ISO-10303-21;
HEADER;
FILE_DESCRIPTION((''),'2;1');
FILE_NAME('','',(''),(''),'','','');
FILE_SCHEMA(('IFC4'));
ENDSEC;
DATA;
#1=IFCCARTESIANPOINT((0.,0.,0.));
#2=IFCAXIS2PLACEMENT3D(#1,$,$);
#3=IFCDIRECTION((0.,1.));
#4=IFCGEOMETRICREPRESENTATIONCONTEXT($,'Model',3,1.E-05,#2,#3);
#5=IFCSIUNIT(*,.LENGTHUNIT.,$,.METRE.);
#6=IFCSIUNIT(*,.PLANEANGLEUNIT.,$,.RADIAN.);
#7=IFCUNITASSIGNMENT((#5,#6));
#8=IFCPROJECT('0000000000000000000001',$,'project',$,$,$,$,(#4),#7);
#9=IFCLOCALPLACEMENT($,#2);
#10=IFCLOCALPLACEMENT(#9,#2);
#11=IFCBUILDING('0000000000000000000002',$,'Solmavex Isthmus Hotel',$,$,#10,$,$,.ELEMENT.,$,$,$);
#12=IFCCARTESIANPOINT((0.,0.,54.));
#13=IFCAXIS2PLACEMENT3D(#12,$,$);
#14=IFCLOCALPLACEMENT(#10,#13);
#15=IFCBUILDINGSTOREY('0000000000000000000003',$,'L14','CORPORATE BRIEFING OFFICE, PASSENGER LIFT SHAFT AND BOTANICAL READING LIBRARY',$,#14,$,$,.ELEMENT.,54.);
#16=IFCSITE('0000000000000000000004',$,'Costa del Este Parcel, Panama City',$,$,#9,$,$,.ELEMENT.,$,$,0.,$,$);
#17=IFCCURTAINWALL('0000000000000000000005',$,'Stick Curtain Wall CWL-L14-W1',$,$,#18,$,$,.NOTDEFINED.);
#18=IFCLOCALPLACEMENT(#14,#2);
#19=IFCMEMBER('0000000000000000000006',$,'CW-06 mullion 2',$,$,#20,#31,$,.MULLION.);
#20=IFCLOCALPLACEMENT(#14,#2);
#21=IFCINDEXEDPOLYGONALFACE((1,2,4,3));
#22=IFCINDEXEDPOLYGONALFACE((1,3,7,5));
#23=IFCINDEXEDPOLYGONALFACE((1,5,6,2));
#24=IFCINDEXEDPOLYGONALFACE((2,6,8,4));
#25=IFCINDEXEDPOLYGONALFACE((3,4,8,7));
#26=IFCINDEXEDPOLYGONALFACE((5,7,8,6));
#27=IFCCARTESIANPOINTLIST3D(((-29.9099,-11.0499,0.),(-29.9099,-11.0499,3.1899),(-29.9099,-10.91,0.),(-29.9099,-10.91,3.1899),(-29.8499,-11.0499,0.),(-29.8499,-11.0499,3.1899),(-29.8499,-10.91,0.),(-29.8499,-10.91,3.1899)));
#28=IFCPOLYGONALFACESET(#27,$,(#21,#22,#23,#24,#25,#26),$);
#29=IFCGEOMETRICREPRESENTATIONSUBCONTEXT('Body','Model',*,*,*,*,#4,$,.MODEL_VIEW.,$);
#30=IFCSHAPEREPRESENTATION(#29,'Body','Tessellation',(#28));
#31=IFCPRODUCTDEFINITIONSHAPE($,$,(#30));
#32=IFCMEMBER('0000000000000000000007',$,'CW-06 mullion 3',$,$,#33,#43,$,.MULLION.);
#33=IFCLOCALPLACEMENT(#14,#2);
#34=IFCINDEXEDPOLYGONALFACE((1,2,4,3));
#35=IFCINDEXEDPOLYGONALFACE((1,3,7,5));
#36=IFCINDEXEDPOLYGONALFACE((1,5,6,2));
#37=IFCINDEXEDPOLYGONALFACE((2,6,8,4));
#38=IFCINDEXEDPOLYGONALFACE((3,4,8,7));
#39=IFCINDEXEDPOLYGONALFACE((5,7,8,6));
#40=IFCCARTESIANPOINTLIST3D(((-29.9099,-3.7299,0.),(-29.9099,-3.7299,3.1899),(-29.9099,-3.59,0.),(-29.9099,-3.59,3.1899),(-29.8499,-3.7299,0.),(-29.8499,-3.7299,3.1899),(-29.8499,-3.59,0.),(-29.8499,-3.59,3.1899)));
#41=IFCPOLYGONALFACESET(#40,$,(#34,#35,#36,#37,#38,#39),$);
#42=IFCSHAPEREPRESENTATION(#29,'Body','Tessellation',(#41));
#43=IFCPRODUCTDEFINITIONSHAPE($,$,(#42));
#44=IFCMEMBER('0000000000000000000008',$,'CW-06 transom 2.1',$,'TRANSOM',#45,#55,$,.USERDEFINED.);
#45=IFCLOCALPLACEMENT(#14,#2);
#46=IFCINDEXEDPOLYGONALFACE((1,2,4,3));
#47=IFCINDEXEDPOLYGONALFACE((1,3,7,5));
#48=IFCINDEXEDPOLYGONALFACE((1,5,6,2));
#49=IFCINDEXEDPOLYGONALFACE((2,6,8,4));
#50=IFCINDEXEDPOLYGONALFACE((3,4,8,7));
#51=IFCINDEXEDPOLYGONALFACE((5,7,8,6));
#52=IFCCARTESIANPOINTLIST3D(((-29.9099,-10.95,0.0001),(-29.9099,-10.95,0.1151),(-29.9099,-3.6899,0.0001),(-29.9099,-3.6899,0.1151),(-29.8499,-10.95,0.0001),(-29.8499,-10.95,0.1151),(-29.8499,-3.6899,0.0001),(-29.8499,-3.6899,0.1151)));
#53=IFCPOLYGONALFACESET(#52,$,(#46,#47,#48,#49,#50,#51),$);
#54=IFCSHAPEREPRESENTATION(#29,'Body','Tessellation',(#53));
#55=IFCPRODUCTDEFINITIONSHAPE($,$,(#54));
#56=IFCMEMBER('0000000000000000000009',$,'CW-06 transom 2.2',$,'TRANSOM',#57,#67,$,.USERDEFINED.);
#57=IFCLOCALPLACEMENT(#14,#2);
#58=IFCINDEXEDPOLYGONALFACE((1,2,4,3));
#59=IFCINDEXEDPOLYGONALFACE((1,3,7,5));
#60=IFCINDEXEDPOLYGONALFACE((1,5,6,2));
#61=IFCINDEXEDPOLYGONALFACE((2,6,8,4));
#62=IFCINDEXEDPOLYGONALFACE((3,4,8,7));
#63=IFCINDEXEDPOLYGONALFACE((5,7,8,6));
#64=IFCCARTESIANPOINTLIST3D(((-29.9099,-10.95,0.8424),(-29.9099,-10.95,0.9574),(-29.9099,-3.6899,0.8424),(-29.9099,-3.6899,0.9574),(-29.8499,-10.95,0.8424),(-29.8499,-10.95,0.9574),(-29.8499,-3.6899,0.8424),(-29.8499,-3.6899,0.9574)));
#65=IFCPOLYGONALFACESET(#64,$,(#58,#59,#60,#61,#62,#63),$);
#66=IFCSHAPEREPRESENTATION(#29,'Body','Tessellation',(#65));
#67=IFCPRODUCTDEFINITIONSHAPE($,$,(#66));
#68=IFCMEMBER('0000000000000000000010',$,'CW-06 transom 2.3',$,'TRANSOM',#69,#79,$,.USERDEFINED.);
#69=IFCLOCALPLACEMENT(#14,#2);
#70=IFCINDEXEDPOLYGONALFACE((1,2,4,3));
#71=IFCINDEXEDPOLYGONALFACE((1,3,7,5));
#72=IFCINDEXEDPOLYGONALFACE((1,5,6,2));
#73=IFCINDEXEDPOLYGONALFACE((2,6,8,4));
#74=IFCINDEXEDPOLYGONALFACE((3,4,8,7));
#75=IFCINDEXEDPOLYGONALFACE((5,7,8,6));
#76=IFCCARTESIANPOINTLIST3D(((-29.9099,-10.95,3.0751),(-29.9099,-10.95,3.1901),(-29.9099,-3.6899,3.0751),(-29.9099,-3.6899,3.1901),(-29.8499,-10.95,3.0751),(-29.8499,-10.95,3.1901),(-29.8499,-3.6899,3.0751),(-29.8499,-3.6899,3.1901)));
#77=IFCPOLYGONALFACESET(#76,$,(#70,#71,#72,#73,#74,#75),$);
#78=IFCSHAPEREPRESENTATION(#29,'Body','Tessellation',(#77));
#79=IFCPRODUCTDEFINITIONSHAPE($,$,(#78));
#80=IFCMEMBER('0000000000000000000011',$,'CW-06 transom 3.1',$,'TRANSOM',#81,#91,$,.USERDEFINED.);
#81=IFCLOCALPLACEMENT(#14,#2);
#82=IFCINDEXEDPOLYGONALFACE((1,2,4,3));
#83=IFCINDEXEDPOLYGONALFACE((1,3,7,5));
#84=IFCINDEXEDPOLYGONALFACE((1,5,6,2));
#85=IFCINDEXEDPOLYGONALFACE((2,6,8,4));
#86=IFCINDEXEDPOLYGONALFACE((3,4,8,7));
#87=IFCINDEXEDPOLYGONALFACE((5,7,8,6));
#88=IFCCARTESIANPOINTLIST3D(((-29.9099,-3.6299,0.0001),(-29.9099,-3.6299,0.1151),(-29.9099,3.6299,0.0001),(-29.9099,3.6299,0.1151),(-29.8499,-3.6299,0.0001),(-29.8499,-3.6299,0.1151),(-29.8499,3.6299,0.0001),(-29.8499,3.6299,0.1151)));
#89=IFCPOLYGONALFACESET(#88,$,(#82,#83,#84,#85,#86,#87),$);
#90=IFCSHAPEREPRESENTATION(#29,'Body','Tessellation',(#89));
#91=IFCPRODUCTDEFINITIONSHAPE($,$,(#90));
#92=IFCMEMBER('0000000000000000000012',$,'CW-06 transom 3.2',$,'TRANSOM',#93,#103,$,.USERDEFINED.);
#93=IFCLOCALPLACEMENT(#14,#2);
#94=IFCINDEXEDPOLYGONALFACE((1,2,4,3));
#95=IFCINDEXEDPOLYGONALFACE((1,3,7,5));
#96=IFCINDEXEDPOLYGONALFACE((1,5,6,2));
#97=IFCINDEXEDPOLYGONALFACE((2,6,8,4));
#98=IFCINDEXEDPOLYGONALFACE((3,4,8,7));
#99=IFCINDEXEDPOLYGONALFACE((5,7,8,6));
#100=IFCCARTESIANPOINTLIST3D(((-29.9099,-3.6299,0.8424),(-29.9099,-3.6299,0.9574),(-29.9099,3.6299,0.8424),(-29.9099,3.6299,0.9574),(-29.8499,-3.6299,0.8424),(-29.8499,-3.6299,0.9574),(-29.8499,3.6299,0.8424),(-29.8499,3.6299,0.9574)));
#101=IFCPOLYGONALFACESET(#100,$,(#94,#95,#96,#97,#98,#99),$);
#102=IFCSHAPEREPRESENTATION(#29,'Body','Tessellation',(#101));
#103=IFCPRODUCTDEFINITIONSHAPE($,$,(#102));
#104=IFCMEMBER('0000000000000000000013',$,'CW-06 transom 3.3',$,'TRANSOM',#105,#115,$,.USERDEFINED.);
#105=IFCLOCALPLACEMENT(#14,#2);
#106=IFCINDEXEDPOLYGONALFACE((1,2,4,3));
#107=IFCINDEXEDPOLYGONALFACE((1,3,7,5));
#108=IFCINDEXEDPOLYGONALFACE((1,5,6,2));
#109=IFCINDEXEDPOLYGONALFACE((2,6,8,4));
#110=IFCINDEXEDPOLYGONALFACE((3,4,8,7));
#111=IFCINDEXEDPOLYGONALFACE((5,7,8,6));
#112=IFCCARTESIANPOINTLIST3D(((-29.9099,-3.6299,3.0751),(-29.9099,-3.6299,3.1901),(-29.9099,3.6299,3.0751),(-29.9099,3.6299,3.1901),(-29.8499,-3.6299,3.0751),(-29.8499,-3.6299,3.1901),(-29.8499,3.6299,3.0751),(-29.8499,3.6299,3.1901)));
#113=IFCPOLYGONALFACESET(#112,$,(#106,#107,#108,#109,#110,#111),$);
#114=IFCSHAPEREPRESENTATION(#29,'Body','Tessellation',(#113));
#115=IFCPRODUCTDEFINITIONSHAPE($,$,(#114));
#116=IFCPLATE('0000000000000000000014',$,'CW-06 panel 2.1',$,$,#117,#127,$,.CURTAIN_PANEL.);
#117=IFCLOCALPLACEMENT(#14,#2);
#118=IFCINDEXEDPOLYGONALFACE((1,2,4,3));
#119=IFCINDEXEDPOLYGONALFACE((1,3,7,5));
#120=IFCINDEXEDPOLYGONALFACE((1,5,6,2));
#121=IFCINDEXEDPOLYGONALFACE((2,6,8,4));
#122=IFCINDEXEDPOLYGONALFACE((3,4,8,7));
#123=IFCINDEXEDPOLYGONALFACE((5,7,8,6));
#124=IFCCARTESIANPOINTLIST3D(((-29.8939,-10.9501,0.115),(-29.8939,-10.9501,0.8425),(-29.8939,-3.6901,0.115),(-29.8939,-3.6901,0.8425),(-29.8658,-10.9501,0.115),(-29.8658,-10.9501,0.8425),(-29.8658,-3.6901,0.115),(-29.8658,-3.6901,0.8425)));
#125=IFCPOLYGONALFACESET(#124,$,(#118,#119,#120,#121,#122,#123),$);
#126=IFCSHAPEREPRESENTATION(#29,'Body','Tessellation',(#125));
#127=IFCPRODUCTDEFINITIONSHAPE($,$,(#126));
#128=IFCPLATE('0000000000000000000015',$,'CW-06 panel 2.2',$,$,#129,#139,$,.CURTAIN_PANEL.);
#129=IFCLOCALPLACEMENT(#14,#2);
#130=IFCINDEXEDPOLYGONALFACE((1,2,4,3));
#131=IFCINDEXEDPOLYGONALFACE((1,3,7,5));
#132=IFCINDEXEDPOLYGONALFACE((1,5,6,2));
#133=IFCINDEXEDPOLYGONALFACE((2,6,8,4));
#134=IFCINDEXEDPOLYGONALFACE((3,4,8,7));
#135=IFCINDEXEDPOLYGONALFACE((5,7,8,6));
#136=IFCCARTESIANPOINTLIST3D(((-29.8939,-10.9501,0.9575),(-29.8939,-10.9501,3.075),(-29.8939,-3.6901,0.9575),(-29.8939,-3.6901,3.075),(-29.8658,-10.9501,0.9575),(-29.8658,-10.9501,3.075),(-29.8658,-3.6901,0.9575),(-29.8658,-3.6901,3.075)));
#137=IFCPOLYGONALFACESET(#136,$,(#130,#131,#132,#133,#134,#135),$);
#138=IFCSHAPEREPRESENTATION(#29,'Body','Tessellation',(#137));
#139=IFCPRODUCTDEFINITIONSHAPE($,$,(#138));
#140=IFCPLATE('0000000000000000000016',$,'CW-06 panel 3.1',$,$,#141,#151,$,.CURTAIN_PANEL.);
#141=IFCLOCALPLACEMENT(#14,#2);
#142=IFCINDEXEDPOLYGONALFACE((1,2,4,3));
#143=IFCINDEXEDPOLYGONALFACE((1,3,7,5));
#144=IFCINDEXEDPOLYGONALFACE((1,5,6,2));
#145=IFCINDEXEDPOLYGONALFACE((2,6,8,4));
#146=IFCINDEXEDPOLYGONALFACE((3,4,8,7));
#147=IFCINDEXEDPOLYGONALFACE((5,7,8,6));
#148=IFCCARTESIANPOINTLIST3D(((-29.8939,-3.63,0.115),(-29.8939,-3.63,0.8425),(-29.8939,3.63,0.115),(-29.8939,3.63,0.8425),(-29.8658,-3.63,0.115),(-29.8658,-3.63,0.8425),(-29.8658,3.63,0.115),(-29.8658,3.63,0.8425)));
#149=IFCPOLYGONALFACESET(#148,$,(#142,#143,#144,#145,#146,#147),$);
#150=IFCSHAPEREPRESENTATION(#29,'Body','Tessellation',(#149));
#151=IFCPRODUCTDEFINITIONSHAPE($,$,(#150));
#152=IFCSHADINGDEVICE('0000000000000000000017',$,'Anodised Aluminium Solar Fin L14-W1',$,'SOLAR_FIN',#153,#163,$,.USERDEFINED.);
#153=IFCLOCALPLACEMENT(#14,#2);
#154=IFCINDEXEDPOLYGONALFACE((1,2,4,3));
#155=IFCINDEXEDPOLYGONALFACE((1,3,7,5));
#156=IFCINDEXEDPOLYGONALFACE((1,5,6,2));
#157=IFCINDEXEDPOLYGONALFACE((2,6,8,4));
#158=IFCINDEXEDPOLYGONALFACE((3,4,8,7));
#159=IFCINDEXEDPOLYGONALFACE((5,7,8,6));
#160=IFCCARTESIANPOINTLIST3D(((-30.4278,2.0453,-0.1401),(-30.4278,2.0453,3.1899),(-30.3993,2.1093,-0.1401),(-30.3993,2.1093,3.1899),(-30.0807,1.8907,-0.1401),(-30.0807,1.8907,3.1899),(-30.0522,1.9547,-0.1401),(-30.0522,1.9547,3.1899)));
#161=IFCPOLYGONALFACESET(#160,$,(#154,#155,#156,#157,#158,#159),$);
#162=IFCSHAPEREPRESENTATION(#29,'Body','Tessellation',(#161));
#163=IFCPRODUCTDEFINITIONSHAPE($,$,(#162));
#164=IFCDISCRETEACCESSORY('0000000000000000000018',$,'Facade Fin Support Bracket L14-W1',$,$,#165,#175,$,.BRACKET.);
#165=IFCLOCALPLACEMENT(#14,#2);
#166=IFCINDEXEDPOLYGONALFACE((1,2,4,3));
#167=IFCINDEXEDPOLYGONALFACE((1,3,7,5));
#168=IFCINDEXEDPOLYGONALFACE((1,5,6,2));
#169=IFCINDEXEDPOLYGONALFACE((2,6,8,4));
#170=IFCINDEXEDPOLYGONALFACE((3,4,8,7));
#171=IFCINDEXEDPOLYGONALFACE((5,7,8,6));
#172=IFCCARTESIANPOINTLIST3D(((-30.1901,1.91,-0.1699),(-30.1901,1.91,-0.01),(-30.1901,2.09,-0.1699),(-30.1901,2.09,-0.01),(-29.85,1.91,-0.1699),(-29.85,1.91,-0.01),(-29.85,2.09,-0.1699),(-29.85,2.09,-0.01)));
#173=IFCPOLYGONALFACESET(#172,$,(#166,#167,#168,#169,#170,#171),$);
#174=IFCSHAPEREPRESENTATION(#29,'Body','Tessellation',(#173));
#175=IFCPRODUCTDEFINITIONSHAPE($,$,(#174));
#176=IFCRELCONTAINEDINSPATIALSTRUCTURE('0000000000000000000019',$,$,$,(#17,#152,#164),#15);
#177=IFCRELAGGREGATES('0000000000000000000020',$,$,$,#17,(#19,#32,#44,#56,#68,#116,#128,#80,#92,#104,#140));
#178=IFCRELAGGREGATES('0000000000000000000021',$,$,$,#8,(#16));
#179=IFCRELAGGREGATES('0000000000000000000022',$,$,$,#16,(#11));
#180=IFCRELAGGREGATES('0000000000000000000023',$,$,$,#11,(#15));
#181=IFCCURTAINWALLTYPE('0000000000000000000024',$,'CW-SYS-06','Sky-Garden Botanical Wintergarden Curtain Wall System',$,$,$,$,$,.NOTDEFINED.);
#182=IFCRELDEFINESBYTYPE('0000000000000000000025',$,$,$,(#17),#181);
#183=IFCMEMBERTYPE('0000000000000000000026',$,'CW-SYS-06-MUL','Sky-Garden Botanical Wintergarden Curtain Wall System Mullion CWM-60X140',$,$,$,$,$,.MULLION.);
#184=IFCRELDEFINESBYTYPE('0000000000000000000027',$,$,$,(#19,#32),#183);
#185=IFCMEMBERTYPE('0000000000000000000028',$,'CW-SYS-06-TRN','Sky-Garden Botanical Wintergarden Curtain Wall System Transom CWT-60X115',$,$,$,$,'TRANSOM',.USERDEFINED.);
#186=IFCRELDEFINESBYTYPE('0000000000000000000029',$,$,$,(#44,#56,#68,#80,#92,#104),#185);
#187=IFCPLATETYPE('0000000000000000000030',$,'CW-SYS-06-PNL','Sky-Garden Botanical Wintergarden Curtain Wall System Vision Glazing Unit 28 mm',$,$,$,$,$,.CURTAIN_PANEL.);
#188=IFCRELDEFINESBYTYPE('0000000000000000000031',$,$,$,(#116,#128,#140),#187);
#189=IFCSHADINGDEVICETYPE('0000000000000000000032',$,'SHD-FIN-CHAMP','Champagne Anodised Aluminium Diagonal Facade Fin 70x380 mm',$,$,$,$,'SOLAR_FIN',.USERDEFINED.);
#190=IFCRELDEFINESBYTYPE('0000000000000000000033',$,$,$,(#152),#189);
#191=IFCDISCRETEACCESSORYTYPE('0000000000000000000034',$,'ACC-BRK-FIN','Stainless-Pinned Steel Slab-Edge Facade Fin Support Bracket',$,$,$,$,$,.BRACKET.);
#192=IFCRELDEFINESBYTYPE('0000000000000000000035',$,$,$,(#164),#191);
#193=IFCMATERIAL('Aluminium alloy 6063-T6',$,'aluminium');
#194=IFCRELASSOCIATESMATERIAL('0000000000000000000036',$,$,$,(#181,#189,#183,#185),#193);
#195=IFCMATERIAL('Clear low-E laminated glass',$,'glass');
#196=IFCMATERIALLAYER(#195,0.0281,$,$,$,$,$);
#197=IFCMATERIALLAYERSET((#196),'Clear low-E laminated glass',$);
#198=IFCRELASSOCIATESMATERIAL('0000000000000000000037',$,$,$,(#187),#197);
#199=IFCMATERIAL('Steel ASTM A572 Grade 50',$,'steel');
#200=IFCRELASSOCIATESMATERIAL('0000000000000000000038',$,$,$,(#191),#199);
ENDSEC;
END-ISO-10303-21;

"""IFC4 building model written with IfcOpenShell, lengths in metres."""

from ifc_helpers import new_model, si_unit, direction, frame, origin, origin_2d, place, context, subcontext, project, spatial, rectangle, extrude, material, layer, layer_set, material_profile, profile_set, type_object, element, aggregate, save


model = new_model("IFC4")

# Units and contexts
model_context = context("Model", 3, precision=1e-05, world=origin(), true_north=direction((0.0, 1.0)))
body_context = subcontext(model_context, "Body", "Model", "MODEL_VIEW")
ifc_project = project(units=[si_unit("LENGTHUNIT", "METRE"), si_unit("PLANEANGLEUNIT", "RADIAN")], contexts=[model_context])

# Site, building, storey
site_placement = place(None, origin())
site = spatial("IfcSite", under=ifc_project, at=site_placement, Name="Costa del Este Parcel, Panama City", CompositionType="ELEMENT", RefElevation=0.0)
building_placement = place(site_placement, origin())
building = spatial("IfcBuilding", under=site, at=building_placement, Name="Solmavex Isthmus Hotel", CompositionType="ELEMENT")
storey_placement = place(building_placement, frame((0.0, 0.0, 54.0)))
storey = spatial("IfcBuildingStorey", under=building, at=storey_placement, Name="L14", Description="CORPORATE BRIEFING OFFICE, PASSENGER LIFT SHAFT AND BOTANICAL READING LIBRARY", CompositionType="ELEMENT", Elevation=54.0)

# Curtain wall, members, plates
ifc_material_1 = material(Name="Aluminium alloy 6063-T6", Category="aluminium")
curtain_wall_type = type_object("IfcCurtainWallType", Name="CW-SYS-06", Description="Sky-Garden Botanical Wintergarden Curtain Wall System", PredefinedType="NOTDEFINED", material=ifc_material_1)
curtain_wall_placement = place(storey_placement, origin())
curtain_wall = element("IfcCurtainWall", 1, at=curtain_wall_placement, inside=storey, type_object=curtain_wall_type, Name="Stick Curtain Wall CWL-L14-W1", PredefinedType="NOTDEFINED")
ifc_material_profile_1 = material_profile(ifc_material_1, rectangle(XDim=0.0601, YDim=0.1399, at=origin_2d()), Name="CWM-60X140")
ifc_profile_set_1 = profile_set([ifc_material_profile_1], Name="Aluminium alloy 6063-T6")
member_type_1 = type_object("IfcMemberType", Name="CW-SYS-06-MUL", Description="Sky-Garden Botanical Wintergarden Curtain Wall System Mullion CWM-60X140", PredefinedType="MULLION", material=ifc_profile_set_1)
member_1_placement = place(storey_placement, frame((-29.8799, -10.98, 0.0), z_axis=(0.0, 0.0, 1.0), x_axis=(-1.0, 0.0, 0.0)))
member_1 = element("IfcMember", 2, at=member_1_placement, type_object=member_type_1, Name="CW-06 mullion 2", PredefinedType="MULLION", context=body_context, shape_type="SweptSolid", body=[
    extrude(rectangle(XDim=0.0601, YDim=0.1399, at=origin_2d()), origin(), (0.0, 0.0, 1.0), 3.1899),
])
member_2_placement = place(storey_placement, frame((-29.8799, -3.6599, 0.0), z_axis=(0.0, 0.0, 1.0), x_axis=(-1.0, 0.0, 0.0)))
member_2 = element("IfcMember", 3, at=member_2_placement, type_object=member_type_1, Name="CW-06 mullion 3", PredefinedType="MULLION", context=body_context, shape_type="SweptSolid", body=[
    extrude(rectangle(XDim=0.0601, YDim=0.1399, at=origin_2d()), origin(), (0.0, 0.0, 1.0), 3.1899),
])
ifc_material_profile_2 = material_profile(ifc_material_1, rectangle(XDim=0.0601, YDim=0.115, at=origin_2d()), Name="CWT-60X115")
ifc_profile_set_2 = profile_set([ifc_material_profile_2], Name="Aluminium alloy 6063-T6")
member_type_2 = type_object("IfcMemberType", Name="CW-SYS-06-TRN", Description="Sky-Garden Botanical Wintergarden Curtain Wall System Transom CWT-60X115", ElementType="TRANSOM", PredefinedType="USERDEFINED", material=ifc_profile_set_2)
member_3_placement = place(storey_placement, frame((-29.8799, -10.95, 0.0576), z_axis=(0.0, 1.0, 0.0), x_axis=(-1.0, 0.0, 0.0)))
member_3 = element("IfcMember", 4, at=member_3_placement, type_object=member_type_2, Name="CW-06 transom 2.1", ObjectType="TRANSOM", PredefinedType="USERDEFINED", context=body_context, shape_type="SweptSolid", body=[
    extrude(rectangle(XDim=0.0601, YDim=0.115, at=origin_2d()), origin(), (0.0, 0.0, 1.0), 7.26),
])
member_4_placement = place(storey_placement, frame((-29.8799, -10.95, 0.8999), z_axis=(0.0, 1.0, 0.0), x_axis=(-1.0, 0.0, 0.0)))
member_4 = element("IfcMember", 5, at=member_4_placement, type_object=member_type_2, Name="CW-06 transom 2.2", ObjectType="TRANSOM", PredefinedType="USERDEFINED", context=body_context, shape_type="SweptSolid", body=[
    extrude(rectangle(XDim=0.0601, YDim=0.115, at=origin_2d()), origin(), (0.0, 0.0, 1.0), 7.26),
])
member_5_placement = place(storey_placement, frame((-29.8799, -10.95, 3.1326), z_axis=(0.0, 1.0, 0.0), x_axis=(-1.0, 0.0, 0.0)))
member_5 = element("IfcMember", 6, at=member_5_placement, type_object=member_type_2, Name="CW-06 transom 2.3", ObjectType="TRANSOM", PredefinedType="USERDEFINED", context=body_context, shape_type="SweptSolid", body=[
    extrude(rectangle(XDim=0.0601, YDim=0.115, at=origin_2d()), origin(), (0.0, 0.0, 1.0), 7.26),
])
member_6_placement = place(storey_placement, frame((-29.8799, -3.6299, 0.0576), z_axis=(0.0, 1.0, 0.0), x_axis=(-1.0, 0.0, 0.0)))
member_6 = element("IfcMember", 7, at=member_6_placement, type_object=member_type_2, Name="CW-06 transom 3.1", ObjectType="TRANSOM", PredefinedType="USERDEFINED", context=body_context, shape_type="SweptSolid", body=[
    extrude(rectangle(XDim=0.0601, YDim=0.115, at=origin_2d()), origin(), (0.0, 0.0, 1.0), 7.2598),
])
member_7_placement = place(storey_placement, frame((-29.8799, -3.6299, 0.8999), z_axis=(0.0, 1.0, 0.0), x_axis=(-1.0, 0.0, 0.0)))
member_7 = element("IfcMember", 8, at=member_7_placement, type_object=member_type_2, Name="CW-06 transom 3.2", ObjectType="TRANSOM", PredefinedType="USERDEFINED", context=body_context, shape_type="SweptSolid", body=[
    extrude(rectangle(XDim=0.0601, YDim=0.115, at=origin_2d()), origin(), (0.0, 0.0, 1.0), 7.2598),
])
member_8_placement = place(storey_placement, frame((-29.8799, -3.6299, 3.1326), z_axis=(0.0, 1.0, 0.0), x_axis=(-1.0, 0.0, 0.0)))
member_8 = element("IfcMember", 9, at=member_8_placement, type_object=member_type_2, Name="CW-06 transom 3.3", ObjectType="TRANSOM", PredefinedType="USERDEFINED", context=body_context, shape_type="SweptSolid", body=[
    extrude(rectangle(XDim=0.0601, YDim=0.115, at=origin_2d()), origin(), (0.0, 0.0, 1.0), 7.2598),
])
ifc_material_2 = material(Name="Clear low-E laminated glass", Category="glass")
ifc_layer = layer(ifc_material_2, 0.0281)
ifc_layer_set = layer_set([ifc_layer], Name="Clear low-E laminated glass")
plate_type = type_object("IfcPlateType", Name="CW-SYS-06-PNL", Description="Sky-Garden Botanical Wintergarden Curtain Wall System Vision Glazing Unit 28 mm", PredefinedType="CURTAIN_PANEL", material=ifc_layer_set)
plate_1_placement = place(storey_placement, frame((-29.8799, -7.3201, 0.115), z_axis=(0.0, 0.0, 1.0), x_axis=(0.0, 1.0, 0.0)))
plate_1 = element("IfcPlate", 10, at=plate_1_placement, type_object=plate_type, Name="CW-06 panel 2.1", PredefinedType="CURTAIN_PANEL", context=body_context, shape_type="SweptSolid", body=[
    extrude(rectangle(XDim=7.26, YDim=0.0281, at=origin_2d()), origin(), (0.0, 0.0, 1.0), 0.7275),
])
plate_2_placement = place(storey_placement, frame((-29.8799, -7.3201, 0.9575), z_axis=(0.0, 0.0, 1.0), x_axis=(0.0, 1.0, 0.0)))
plate_2 = element("IfcPlate", 11, at=plate_2_placement, type_object=plate_type, Name="CW-06 panel 2.2", PredefinedType="CURTAIN_PANEL", context=body_context, shape_type="SweptSolid", body=[
    extrude(rectangle(XDim=7.26, YDim=0.0281, at=origin_2d()), origin(), (0.0, 0.0, 1.0), 2.1174),
])
plate_3_placement = place(storey_placement, frame((-29.8799, 0.0, 0.115), z_axis=(0.0, 0.0, 1.0), x_axis=(0.0, 1.0, 0.0)))
plate_3 = element("IfcPlate", 12, at=plate_3_placement, type_object=plate_type, Name="CW-06 panel 3.1", PredefinedType="CURTAIN_PANEL", context=body_context, shape_type="SweptSolid", body=[
    extrude(rectangle(XDim=7.26, YDim=0.0281, at=origin_2d()), origin(), (0.0, 0.0, 1.0), 0.7275),
])
aggregate(curtain_wall, [member_1, member_2, member_3, member_4, member_5, plate_1, plate_2, member_6, member_7, member_8, plate_3])

# Shading device
shading_device_type = type_object("IfcShadingDeviceType", Name="SHD-FIN-CHAMP", Description="Champagne Anodised Aluminium Diagonal Facade Fin 70x380 mm", ElementType="SOLAR_FIN", PredefinedType="USERDEFINED", material=ifc_material_1)
shading_device_placement = place(storey_placement, frame((-30.24, 2.0, -0.1401), z_axis=(0.0, 0.0, 1.0), x_axis=(-0.913545, 0.406737, 0.0)))
element("IfcShadingDevice", 13, at=shading_device_placement, inside=storey, type_object=shading_device_type, Name="Anodised Aluminium Solar Fin L14-W1", ObjectType="SOLAR_FIN", PredefinedType="USERDEFINED", context=body_context, shape_type="SweptSolid", body=[
    extrude(rectangle(XDim=0.3799, YDim=0.0701, at=origin_2d()), origin(), (0.0, 0.0, 1.0), 3.3301),
])

# Discrete accessory
ifc_material_3 = material(Name="Steel ASTM A572 Grade 50", Category="steel")
discrete_accessory_type = type_object("IfcDiscreteAccessoryType", Name="ACC-BRK-FIN", Description="Stainless-Pinned Steel Slab-Edge Facade Fin Support Bracket", PredefinedType="BRACKET", material=ifc_material_3)
discrete_accessory_placement = place(storey_placement, frame((-30.02, 2.0, -0.1699), z_axis=(0.0, 0.0, 1.0), x_axis=(-1.0, 0.0, 0.0)))
element("IfcDiscreteAccessory", 14, at=discrete_accessory_placement, inside=storey, type_object=discrete_accessory_type, Name="Facade Fin Support Bracket L14-W1", PredefinedType="BRACKET", context=body_context, shape_type="SweptSolid", body=[
    extrude(rectangle(XDim=0.3401, YDim=0.1799, at=origin_2d()), origin(), (0.0, 0.0, 1.0), 0.1599),
])

save(model, "model.ifc")
